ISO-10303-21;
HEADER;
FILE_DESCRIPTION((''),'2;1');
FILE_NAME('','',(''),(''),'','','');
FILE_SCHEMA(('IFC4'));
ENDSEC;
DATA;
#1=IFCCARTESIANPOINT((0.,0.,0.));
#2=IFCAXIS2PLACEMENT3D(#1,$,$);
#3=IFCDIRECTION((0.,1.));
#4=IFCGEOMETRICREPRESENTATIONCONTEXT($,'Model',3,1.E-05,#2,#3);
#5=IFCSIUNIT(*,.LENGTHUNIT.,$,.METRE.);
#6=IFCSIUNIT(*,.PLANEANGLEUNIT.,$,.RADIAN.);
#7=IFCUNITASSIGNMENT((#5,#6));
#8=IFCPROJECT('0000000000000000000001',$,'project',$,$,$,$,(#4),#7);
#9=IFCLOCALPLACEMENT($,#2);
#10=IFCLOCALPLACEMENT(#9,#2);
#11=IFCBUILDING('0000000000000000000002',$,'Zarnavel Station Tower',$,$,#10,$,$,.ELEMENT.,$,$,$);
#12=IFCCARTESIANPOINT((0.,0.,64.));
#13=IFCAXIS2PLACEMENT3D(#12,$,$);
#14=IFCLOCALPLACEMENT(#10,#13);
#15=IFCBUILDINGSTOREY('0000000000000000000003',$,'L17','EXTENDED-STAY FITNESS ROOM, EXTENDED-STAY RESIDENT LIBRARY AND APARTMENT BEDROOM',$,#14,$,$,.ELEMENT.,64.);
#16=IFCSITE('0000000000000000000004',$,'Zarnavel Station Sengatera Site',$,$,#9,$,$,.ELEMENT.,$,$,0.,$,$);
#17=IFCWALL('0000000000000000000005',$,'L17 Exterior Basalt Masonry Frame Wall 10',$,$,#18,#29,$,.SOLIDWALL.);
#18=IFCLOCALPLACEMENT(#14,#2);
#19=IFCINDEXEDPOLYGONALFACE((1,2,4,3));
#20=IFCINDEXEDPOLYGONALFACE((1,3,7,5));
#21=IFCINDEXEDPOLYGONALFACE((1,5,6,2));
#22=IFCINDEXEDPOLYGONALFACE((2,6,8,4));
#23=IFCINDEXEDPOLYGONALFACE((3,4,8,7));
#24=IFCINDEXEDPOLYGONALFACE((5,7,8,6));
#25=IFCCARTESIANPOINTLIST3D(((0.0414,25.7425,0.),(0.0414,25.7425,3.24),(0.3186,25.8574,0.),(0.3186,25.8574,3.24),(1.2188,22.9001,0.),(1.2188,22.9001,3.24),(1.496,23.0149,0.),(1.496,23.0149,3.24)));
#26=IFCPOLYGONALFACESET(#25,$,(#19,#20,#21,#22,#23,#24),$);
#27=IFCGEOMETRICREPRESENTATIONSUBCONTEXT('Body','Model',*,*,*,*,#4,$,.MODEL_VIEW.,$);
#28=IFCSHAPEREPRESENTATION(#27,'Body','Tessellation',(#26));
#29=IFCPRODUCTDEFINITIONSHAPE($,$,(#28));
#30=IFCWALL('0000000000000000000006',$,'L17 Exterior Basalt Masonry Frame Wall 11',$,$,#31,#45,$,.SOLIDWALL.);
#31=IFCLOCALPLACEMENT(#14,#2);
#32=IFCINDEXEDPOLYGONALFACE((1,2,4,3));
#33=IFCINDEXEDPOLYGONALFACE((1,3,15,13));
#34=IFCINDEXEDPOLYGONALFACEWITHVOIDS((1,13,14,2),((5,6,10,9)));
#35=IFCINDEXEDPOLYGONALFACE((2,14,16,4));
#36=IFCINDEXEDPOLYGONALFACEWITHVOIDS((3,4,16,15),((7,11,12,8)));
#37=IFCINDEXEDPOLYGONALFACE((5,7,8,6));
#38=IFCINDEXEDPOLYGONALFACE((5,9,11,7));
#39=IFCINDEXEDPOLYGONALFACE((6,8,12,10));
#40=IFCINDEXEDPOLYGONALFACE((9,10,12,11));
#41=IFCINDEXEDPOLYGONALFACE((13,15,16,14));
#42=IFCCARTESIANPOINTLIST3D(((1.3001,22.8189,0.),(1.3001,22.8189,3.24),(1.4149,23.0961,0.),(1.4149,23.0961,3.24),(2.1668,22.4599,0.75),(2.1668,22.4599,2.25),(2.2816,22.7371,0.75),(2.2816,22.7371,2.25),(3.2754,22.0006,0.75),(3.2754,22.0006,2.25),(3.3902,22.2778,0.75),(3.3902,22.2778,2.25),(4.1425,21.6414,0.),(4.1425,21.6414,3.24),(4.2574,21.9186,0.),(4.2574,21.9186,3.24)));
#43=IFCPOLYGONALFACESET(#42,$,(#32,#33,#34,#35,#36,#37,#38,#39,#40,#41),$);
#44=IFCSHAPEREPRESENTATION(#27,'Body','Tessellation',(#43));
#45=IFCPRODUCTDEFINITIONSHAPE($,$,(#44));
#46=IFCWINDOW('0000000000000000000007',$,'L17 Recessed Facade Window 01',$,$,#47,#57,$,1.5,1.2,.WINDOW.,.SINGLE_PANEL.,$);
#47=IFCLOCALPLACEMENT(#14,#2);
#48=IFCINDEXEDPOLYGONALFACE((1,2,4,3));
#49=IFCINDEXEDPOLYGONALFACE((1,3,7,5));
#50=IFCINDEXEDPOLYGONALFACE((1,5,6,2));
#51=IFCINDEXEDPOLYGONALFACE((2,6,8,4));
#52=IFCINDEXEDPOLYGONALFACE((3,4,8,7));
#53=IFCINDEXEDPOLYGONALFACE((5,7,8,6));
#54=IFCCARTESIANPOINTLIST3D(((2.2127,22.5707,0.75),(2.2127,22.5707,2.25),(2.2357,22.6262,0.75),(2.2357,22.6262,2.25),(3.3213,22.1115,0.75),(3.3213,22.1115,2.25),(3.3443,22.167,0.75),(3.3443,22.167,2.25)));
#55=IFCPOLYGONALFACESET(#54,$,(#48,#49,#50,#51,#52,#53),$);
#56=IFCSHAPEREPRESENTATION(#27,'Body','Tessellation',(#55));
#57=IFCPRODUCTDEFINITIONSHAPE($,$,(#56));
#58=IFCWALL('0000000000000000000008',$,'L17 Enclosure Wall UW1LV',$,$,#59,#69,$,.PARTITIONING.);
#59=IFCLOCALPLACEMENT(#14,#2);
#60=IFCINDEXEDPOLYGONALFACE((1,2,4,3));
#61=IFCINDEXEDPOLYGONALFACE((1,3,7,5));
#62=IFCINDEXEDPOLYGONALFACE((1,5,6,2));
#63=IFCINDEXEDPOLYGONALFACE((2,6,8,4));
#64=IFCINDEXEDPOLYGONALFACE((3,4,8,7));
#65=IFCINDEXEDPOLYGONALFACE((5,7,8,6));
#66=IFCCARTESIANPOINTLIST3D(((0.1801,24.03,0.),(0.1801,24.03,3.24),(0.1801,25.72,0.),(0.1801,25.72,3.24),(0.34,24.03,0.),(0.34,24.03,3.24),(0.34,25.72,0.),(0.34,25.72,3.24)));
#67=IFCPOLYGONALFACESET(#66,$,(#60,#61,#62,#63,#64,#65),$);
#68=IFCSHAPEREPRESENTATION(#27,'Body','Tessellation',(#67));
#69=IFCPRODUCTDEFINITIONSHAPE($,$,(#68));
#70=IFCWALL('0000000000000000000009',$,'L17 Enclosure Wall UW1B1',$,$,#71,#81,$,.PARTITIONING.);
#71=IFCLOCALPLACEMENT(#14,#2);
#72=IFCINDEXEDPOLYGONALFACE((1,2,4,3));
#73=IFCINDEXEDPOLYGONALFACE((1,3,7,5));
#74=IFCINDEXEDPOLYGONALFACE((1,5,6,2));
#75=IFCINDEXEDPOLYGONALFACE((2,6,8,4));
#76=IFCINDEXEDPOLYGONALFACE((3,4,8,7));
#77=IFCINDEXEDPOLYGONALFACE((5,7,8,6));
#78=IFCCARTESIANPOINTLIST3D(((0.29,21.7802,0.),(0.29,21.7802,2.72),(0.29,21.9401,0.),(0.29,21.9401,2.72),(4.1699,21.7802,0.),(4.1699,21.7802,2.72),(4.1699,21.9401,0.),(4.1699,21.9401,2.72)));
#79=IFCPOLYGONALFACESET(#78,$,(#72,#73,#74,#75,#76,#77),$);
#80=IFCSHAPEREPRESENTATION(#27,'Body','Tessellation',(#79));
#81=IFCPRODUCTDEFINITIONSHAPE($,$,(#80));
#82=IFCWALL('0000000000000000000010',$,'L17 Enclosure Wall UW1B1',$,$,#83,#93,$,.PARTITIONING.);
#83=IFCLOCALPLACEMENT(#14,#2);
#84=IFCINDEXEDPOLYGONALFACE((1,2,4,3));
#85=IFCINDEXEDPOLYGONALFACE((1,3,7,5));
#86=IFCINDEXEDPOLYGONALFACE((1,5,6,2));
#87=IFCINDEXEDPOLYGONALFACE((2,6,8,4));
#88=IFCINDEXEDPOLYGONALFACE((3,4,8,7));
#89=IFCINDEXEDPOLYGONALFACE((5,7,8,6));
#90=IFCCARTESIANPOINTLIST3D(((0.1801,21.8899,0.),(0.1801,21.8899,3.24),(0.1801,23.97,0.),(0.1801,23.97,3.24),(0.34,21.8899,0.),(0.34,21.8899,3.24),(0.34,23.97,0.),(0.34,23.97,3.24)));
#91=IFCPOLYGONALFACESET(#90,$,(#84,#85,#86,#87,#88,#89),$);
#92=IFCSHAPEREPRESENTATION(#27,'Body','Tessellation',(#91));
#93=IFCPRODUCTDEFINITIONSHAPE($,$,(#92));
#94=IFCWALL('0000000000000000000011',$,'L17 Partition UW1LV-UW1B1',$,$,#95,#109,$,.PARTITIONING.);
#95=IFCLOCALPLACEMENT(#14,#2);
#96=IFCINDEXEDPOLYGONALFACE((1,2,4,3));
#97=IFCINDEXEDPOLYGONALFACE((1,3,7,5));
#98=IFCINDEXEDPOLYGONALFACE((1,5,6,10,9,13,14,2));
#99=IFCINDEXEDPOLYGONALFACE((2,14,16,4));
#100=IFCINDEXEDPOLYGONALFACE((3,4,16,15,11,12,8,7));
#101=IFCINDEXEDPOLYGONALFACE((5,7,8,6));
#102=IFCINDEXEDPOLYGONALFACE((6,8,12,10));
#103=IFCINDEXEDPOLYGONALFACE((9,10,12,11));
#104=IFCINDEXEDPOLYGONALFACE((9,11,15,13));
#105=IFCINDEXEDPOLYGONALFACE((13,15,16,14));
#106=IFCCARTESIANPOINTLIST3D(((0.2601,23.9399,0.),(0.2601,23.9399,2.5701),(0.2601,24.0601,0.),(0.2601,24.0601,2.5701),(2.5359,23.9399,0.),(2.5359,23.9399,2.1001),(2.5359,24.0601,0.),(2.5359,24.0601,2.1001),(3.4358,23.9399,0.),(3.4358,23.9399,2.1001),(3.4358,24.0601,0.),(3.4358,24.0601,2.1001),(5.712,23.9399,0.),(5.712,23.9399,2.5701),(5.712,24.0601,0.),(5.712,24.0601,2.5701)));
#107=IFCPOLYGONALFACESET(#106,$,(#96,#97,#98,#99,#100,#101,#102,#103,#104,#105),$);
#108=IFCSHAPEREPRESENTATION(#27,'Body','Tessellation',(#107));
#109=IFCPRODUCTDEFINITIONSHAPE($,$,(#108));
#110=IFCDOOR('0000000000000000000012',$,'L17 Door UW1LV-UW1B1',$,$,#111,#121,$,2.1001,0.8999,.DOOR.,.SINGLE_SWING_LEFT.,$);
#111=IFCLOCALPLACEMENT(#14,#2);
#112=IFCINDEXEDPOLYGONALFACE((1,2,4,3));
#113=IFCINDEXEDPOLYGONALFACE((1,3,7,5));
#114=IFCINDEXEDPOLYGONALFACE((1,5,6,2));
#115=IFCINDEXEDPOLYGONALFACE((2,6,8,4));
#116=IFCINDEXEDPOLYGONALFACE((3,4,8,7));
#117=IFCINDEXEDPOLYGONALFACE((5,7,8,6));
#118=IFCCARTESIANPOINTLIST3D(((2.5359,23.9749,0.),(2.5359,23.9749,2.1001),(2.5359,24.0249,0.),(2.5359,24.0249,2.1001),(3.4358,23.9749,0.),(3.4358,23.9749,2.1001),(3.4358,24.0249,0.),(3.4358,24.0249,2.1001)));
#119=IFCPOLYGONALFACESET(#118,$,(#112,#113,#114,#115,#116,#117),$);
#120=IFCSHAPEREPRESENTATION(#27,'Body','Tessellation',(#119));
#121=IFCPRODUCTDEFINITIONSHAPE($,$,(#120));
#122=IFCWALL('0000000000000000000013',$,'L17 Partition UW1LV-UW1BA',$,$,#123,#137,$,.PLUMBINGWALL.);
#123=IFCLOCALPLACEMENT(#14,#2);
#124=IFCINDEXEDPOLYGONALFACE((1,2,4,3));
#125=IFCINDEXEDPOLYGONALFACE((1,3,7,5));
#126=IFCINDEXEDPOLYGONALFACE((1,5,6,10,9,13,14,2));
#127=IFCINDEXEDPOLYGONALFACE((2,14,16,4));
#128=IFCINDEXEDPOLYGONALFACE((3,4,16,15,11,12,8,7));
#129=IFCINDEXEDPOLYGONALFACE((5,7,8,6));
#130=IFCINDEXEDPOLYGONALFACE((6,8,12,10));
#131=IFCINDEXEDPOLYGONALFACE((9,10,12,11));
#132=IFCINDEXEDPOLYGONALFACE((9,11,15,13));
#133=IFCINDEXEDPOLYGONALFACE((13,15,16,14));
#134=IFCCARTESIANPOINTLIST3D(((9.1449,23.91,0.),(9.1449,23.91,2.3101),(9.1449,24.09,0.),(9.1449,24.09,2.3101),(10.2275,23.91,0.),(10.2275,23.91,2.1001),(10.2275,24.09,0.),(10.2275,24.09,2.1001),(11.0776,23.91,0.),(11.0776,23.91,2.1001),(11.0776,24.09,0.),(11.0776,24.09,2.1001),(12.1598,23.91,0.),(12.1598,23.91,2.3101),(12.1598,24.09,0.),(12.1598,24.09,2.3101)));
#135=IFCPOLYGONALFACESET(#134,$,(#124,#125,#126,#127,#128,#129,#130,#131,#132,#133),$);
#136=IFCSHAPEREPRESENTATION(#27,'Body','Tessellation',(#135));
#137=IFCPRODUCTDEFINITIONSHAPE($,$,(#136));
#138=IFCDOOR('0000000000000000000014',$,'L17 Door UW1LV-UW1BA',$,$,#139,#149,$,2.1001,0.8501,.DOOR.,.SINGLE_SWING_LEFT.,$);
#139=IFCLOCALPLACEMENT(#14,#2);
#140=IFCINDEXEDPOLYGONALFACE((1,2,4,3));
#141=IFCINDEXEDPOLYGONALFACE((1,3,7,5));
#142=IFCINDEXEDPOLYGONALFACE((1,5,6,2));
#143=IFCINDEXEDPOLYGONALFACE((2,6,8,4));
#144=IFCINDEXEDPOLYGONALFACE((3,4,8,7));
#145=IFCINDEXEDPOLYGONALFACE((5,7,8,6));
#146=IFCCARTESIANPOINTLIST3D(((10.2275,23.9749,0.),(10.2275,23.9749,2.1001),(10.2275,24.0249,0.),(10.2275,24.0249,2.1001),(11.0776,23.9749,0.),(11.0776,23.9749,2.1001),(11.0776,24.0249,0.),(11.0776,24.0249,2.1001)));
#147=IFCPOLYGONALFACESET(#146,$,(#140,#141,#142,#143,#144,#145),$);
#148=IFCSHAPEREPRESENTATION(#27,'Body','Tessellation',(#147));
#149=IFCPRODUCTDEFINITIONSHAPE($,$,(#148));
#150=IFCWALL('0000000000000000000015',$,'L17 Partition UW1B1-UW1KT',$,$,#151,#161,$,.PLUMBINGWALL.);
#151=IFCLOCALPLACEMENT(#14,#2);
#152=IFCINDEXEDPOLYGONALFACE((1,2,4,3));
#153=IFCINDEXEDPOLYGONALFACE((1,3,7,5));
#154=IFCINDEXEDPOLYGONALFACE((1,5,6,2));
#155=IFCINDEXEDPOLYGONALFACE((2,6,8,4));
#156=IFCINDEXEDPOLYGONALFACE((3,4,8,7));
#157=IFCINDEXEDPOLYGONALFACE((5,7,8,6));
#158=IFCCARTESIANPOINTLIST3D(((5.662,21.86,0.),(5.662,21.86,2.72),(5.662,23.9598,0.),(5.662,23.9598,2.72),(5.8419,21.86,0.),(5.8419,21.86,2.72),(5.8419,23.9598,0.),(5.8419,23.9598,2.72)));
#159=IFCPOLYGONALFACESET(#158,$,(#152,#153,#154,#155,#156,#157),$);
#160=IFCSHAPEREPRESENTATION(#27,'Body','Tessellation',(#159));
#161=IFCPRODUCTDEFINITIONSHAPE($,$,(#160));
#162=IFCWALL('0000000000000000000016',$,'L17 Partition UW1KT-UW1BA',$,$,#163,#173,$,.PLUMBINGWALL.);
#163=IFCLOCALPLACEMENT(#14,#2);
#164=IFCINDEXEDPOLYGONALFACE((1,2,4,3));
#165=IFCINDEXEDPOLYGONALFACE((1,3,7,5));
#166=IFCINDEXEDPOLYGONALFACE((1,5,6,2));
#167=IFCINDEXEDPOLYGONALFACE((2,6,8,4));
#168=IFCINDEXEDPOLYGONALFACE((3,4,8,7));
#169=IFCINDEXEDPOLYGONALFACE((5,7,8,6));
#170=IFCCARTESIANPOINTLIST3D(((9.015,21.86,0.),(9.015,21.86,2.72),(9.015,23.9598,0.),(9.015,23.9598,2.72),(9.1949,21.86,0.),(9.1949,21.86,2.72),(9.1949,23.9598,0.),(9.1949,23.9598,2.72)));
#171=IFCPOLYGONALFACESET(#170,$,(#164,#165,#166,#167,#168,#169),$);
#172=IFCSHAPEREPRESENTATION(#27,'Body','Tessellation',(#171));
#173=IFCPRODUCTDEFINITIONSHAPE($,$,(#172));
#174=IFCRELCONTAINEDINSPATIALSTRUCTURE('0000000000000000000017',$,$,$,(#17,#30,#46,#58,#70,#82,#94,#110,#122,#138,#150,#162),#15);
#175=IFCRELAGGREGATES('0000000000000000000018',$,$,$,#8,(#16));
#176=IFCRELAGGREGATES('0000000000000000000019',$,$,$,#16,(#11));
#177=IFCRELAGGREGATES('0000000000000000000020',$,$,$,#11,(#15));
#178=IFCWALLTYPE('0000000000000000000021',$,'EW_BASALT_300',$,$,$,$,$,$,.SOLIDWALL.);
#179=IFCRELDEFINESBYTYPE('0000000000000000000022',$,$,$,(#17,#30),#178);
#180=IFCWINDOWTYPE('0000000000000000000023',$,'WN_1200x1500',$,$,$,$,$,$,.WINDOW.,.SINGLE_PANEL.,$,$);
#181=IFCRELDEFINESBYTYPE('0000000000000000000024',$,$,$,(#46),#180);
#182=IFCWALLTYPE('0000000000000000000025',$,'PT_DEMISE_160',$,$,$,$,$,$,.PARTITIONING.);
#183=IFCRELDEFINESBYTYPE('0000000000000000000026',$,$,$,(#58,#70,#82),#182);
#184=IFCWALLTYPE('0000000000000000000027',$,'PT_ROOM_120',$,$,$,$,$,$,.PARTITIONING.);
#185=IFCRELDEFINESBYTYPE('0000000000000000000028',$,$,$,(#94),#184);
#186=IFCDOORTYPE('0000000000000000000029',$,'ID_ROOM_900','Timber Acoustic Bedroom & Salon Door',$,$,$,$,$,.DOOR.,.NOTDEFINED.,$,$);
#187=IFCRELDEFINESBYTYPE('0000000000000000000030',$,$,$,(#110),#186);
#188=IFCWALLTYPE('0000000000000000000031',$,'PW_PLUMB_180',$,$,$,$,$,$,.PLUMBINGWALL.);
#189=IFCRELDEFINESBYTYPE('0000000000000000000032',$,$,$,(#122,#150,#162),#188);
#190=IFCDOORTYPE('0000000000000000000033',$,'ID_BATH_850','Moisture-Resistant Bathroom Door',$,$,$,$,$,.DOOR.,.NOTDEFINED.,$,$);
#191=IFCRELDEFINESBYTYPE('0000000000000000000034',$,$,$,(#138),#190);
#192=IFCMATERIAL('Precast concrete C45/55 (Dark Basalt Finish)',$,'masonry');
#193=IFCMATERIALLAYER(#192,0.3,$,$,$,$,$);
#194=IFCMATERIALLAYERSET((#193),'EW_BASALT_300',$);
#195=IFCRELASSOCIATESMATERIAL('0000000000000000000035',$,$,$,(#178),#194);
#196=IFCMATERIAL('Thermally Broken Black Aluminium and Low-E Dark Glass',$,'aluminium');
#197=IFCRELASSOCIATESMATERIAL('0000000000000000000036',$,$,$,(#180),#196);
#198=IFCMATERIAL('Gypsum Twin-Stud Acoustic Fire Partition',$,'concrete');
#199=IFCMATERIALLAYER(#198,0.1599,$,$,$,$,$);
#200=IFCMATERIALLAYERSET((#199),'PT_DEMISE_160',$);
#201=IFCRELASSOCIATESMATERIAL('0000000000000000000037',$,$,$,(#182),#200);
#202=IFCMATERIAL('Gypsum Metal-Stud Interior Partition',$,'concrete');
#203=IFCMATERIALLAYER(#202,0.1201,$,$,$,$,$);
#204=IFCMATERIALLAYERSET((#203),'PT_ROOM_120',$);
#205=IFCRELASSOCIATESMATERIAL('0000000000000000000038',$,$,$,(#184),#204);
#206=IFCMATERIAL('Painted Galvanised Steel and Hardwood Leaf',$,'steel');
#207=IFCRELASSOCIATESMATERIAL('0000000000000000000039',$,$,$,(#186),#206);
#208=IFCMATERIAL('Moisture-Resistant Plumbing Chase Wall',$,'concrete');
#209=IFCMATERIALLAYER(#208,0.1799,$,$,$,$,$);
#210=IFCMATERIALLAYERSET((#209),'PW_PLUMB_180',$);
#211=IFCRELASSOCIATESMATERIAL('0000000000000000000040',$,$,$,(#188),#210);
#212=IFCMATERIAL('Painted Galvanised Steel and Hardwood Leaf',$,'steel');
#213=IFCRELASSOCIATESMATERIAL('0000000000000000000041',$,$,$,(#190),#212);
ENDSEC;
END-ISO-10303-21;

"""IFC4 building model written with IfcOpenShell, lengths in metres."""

from ifc_helpers import new_model, si_unit, direction, frame, frame_2d, origin, place, context, subcontext, project, spatial, rectangle, extrude, material, layer, layer_set, type_object, element, fill, save


model = new_model("IFC4")

# Units and contexts
model_context = context("Model", 3, precision=1e-05, world=origin(), true_north=direction((0.0, 1.0)))
body_context = subcontext(model_context, "Body", "Model", "MODEL_VIEW")
ifc_project = project(units=[si_unit("LENGTHUNIT", "METRE"), si_unit("PLANEANGLEUNIT", "RADIAN")], contexts=[model_context])

# Site, building, storey
site_placement = place(None, origin())
site = spatial("IfcSite", under=ifc_project, at=site_placement, Name="Zarnavel Station Sengatera Site", CompositionType="ELEMENT", RefElevation=0.0)
building_placement = place(site_placement, origin())
building = spatial("IfcBuilding", under=site, at=building_placement, Name="Zarnavel Station Tower", CompositionType="ELEMENT")
storey_placement = place(building_placement, frame((0.0, 0.0, 64.0)))
storey = spatial("IfcBuildingStorey", under=building, at=storey_placement, Name="L17", Description="EXTENDED-STAY FITNESS ROOM, EXTENDED-STAY RESIDENT LIBRARY AND APARTMENT BEDROOM", CompositionType="ELEMENT", Elevation=64.0)

# Wall
ifc_material_1 = material(Name="Precast concrete C45/55 (Dark Basalt Finish)", Category="masonry")
ifc_layer_1 = layer(ifc_material_1, 0.3)
ifc_layer_set_1 = layer_set([ifc_layer_1], Name="EW_BASALT_300")
wall_type_1 = type_object("IfcWallType", Name="EW_BASALT_300", PredefinedType="SOLIDWALL", material=ifc_layer_set_1)
wall_1_placement = place(storey_placement, frame((1.3574, 22.9575, 0.0), z_axis=(0.0, 0.0, 1.0), x_axis=(-0.382705, 0.923871, 0.0)))
element("IfcWall", 1, at=wall_1_placement, inside=storey, type_object=wall_type_1, Name="L17 Exterior Basalt Masonry Frame Wall 10", PredefinedType="SOLIDWALL", context=body_context, shape_type="SweptSolid", body=[
    extrude(rectangle(XDim=3.0767, YDim=0.3, at=frame_2d((1.5383, 0.0))), origin(), (0.0, 0.0, 1.0), 3.24),
])

# Wall, opening, window
wall_2_placement = place(storey_placement, frame((4.2, 21.78, 0.0), z_axis=(0.0, 0.0, 1.0), x_axis=(-0.923871, 0.382705, 0.0)))
wall_2 = element("IfcWall", 2, at=wall_2_placement, inside=storey, type_object=wall_type_1, Name="L17 Exterior Basalt Masonry Frame Wall 11", PredefinedType="SOLIDWALL", context=body_context, shape_type="SweptSolid", body=[
    extrude(rectangle(XDim=3.0767, YDim=0.3, at=frame_2d((1.5383, 0.0))), origin(), (0.0, 0.0, 1.0), 3.24),
])
opening_1_placement = place(wall_2_placement, frame((0.9385, 0.0, 0.75)))
opening_1 = element("IfcOpeningElement", 3, at=opening_1_placement, cuts=wall_2, PredefinedType="OPENING", context=body_context, shape_type="SweptSolid", body=[
    extrude(rectangle(XDim=1.2, YDim=1.5, at=frame_2d((0.6001, 0.75))), frame((0.0, 0.1599, 0.0), z_axis=(0.0, -1.0, 0.0), x_axis=(1.0, 0.0, 0.0)), (0.0, 0.0, 1.0), 0.3201),
])
ifc_material_2 = material(Name="Thermally Broken Black Aluminium and Low-E Dark Glass", Category="aluminium")
window_type = type_object("IfcWindowType", Name="WN_1200x1500", PartitioningType="SINGLE_PANEL", PredefinedType="WINDOW", material=ifc_material_2)
window_placement = place(opening_1_placement, origin())
window = element("IfcWindow", 4, at=window_placement, inside=storey, type_object=window_type, Name="L17 Recessed Facade Window 01", OverallHeight=1.5, OverallWidth=1.2, PartitioningType="SINGLE_PANEL", PredefinedType="WINDOW", context=body_context, shape_type="SweptSolid", body=[
    extrude(rectangle(XDim=1.2, YDim=1.5, at=frame_2d((0.6001, 0.75))), frame((0.0, 0.03, 0.0), z_axis=(0.0, -1.0, 0.0), x_axis=(1.0, 0.0, 0.0)), (0.0, 0.0, 1.0), 0.0601),
])
fill(opening_1, window)

# Walls
ifc_material_3 = material(Name="Gypsum Twin-Stud Acoustic Fire Partition", Category="concrete")
ifc_layer_2 = layer(ifc_material_3, 0.1599)
ifc_layer_set_2 = layer_set([ifc_layer_2], Name="PT_DEMISE_160")
wall_type_2 = type_object("IfcWallType", Name="PT_DEMISE_160", PredefinedType="PARTITIONING", material=ifc_layer_set_2)
wall_3_placement = place(storey_placement, frame((0.26, 24.03, 0.0), z_axis=(0.0, 0.0, 1.0), x_axis=(0.0, 1.0, 0.0)))
element("IfcWall", 5, at=wall_3_placement, inside=storey, type_object=wall_type_2, Name="L17 Enclosure Wall UW1LV", PredefinedType="PARTITIONING", context=body_context, shape_type="SweptSolid", body=[
    extrude(rectangle(XDim=1.6899, YDim=0.1599, at=frame_2d((0.845, 0.0))), origin(), (0.0, 0.0, 1.0), 3.24),
])
wall_4_placement = place(storey_placement, frame((0.29, 21.8601, 0.0), z_axis=(0.0, 0.0, 1.0), x_axis=(1.0, 0.0, 0.0)))
element("IfcWall", 6, at=wall_4_placement, inside=storey, type_object=wall_type_2, Name="L17 Enclosure Wall UW1B1", PredefinedType="PARTITIONING", context=body_context, shape_type="SweptSolid", body=[
    extrude(rectangle(XDim=3.8799, YDim=0.1599, at=frame_2d((1.9399, 0.0))), origin(), (0.0, 0.0, 1.0), 2.72),
])
wall_5_placement = place(storey_placement, frame((0.26, 21.8899, 0.0), z_axis=(0.0, 0.0, 1.0), x_axis=(0.0, 1.0, 0.0)))
element("IfcWall", 7, at=wall_5_placement, inside=storey, type_object=wall_type_2, Name="L17 Enclosure Wall UW1B1", PredefinedType="PARTITIONING", context=body_context, shape_type="SweptSolid", body=[
    extrude(rectangle(XDim=2.0801, YDim=0.1599, at=frame_2d((1.04, 0.0))), origin(), (0.0, 0.0, 1.0), 3.24),
])

# Walls, openings, doors
ifc_material_4 = material(Name="Gypsum Metal-Stud Interior Partition", Category="concrete")
ifc_layer_3 = layer(ifc_material_4, 0.1201)
ifc_layer_set_3 = layer_set([ifc_layer_3], Name="PT_ROOM_120")
wall_type_3 = type_object("IfcWallType", Name="PT_ROOM_120", PredefinedType="PARTITIONING", material=ifc_layer_set_3)
wall_6_placement = place(storey_placement, frame((0.26, 24.0, 0.0), z_axis=(0.0, 0.0, 1.0), x_axis=(1.0, 0.0, 0.0)))
wall_6 = element("IfcWall", 8, at=wall_6_placement, inside=storey, type_object=wall_type_3, Name="L17 Partition UW1LV-UW1B1", PredefinedType="PARTITIONING", context=body_context, shape_type="SweptSolid", body=[
    extrude(rectangle(XDim=5.4519, YDim=0.1201, at=frame_2d((2.7261, 0.0))), origin(), (0.0, 0.0, 1.0), 2.5701),
])
opening_2_placement = place(wall_6_placement, frame((2.2759, 0.0, 0.0)))
opening_2 = element("IfcOpeningElement", 9, at=opening_2_placement, cuts=wall_6, PredefinedType="OPENING", context=body_context, shape_type="SweptSolid", body=[
    extrude(rectangle(XDim=0.8999, YDim=2.1001, at=frame_2d((0.45, 1.05))), frame((0.0, 0.0701, 0.0), z_axis=(0.0, -1.0, 0.0), x_axis=(1.0, 0.0, 0.0)), (0.0, 0.0, 1.0), 0.1401),
])
ifc_material_5 = material(Name="Painted Galvanised Steel and Hardwood Leaf", Category="steel")
door_type_1 = type_object("IfcDoorType", Name="ID_ROOM_900", Description="Timber Acoustic Bedroom & Salon Door", OperationType="NOTDEFINED", PredefinedType="DOOR", material=ifc_material_5)
door_1_placement = place(opening_2_placement, origin())
door_1 = element("IfcDoor", 10, at=door_1_placement, inside=storey, type_object=door_type_1, Name="L17 Door UW1LV-UW1B1", OperationType="SINGLE_SWING_LEFT", OverallHeight=2.1001, OverallWidth=0.8999, PredefinedType="DOOR", context=body_context, shape_type="SweptSolid", body=[
    extrude(rectangle(XDim=0.8999, YDim=2.1001, at=frame_2d((0.45, 1.05))), frame((0.0, 0.0249, 0.0), z_axis=(0.0, -1.0, 0.0), x_axis=(1.0, 0.0, 0.0)), (0.0, 0.0, 1.0), 0.05),
])
fill(opening_2, door_1)
ifc_material_6 = material(Name="Moisture-Resistant Plumbing Chase Wall", Category="concrete")
ifc_layer_4 = layer(ifc_material_6, 0.1799)
ifc_layer_set_4 = layer_set([ifc_layer_4], Name="PW_PLUMB_180")
wall_type_4 = type_object("IfcWallType", Name="PW_PLUMB_180", PredefinedType="PLUMBINGWALL", material=ifc_layer_set_4)
wall_7_placement = place(storey_placement, frame((9.145, 24.0, 0.0), z_axis=(0.0, 0.0, 1.0), x_axis=(1.0, 0.0, 0.0)))
wall_7 = element("IfcWall", 11, at=wall_7_placement, inside=storey, type_object=wall_type_4, Name="L17 Partition UW1LV-UW1BA", PredefinedType="PLUMBINGWALL", context=body_context, shape_type="SweptSolid", body=[
    extrude(rectangle(XDim=3.0149, YDim=0.1799, at=frame_2d((1.5073, 0.0))), origin(), (0.0, 0.0, 1.0), 2.3101),
])
opening_3_placement = place(wall_7_placement, frame((1.0825, 0.0, 0.0)))
opening_3 = element("IfcOpeningElement", 12, at=opening_3_placement, cuts=wall_7, PredefinedType="OPENING", context=body_context, shape_type="SweptSolid", body=[
    extrude(rectangle(XDim=0.8501, YDim=2.1001, at=frame_2d((0.425, 1.05))), frame((0.0, 0.0999, 0.0), z_axis=(0.0, -1.0, 0.0), x_axis=(1.0, 0.0, 0.0)), (0.0, 0.0, 1.0), 0.2),
])
ifc_material_7 = material(Name="Painted Galvanised Steel and Hardwood Leaf", Category="steel")
door_type_2 = type_object("IfcDoorType", Name="ID_BATH_850", Description="Moisture-Resistant Bathroom Door", OperationType="NOTDEFINED", PredefinedType="DOOR", material=ifc_material_7)
door_2_placement = place(opening_3_placement, origin())
door_2 = element("IfcDoor", 13, at=door_2_placement, inside=storey, type_object=door_type_2, Name="L17 Door UW1LV-UW1BA", OperationType="SINGLE_SWING_LEFT", OverallHeight=2.1001, OverallWidth=0.8501, PredefinedType="DOOR", context=body_context, shape_type="SweptSolid", body=[
    extrude(rectangle(XDim=0.8501, YDim=2.1001, at=frame_2d((0.425, 1.05))), frame((0.0, 0.0249, 0.0), z_axis=(0.0, -1.0, 0.0), x_axis=(1.0, 0.0, 0.0)), (0.0, 0.0, 1.0), 0.05),
])
fill(opening_3, door_2)

# Walls
for number, where, z_axis, x_axis, name in (
    (14, (5.752, 21.8601, 0.0), (0.0, 0.0, 1.0), (0.0, 1.0, 0.0), "L17 Partition UW1B1-UW1KT"),
    (15, (9.105, 21.8601, 0.0), (0.0, 0.0, 1.0), (0.0, 1.0, 0.0), "L17 Partition UW1KT-UW1BA"),
):
    element("IfcWall", number, at=place(storey_placement, frame(where, z_axis=z_axis, x_axis=x_axis)), inside=storey, type_object=wall_type_4, Name=name, PredefinedType="PLUMBINGWALL", context=body_context, shape_type="SweptSolid", body=[
        extrude(rectangle(XDim=2.0999, YDim=0.1799, at=frame_2d((1.0498, 0.0))), origin(), (0.0, 0.0, 1.0), 2.72),
    ])

save(model, "model.ifc")
